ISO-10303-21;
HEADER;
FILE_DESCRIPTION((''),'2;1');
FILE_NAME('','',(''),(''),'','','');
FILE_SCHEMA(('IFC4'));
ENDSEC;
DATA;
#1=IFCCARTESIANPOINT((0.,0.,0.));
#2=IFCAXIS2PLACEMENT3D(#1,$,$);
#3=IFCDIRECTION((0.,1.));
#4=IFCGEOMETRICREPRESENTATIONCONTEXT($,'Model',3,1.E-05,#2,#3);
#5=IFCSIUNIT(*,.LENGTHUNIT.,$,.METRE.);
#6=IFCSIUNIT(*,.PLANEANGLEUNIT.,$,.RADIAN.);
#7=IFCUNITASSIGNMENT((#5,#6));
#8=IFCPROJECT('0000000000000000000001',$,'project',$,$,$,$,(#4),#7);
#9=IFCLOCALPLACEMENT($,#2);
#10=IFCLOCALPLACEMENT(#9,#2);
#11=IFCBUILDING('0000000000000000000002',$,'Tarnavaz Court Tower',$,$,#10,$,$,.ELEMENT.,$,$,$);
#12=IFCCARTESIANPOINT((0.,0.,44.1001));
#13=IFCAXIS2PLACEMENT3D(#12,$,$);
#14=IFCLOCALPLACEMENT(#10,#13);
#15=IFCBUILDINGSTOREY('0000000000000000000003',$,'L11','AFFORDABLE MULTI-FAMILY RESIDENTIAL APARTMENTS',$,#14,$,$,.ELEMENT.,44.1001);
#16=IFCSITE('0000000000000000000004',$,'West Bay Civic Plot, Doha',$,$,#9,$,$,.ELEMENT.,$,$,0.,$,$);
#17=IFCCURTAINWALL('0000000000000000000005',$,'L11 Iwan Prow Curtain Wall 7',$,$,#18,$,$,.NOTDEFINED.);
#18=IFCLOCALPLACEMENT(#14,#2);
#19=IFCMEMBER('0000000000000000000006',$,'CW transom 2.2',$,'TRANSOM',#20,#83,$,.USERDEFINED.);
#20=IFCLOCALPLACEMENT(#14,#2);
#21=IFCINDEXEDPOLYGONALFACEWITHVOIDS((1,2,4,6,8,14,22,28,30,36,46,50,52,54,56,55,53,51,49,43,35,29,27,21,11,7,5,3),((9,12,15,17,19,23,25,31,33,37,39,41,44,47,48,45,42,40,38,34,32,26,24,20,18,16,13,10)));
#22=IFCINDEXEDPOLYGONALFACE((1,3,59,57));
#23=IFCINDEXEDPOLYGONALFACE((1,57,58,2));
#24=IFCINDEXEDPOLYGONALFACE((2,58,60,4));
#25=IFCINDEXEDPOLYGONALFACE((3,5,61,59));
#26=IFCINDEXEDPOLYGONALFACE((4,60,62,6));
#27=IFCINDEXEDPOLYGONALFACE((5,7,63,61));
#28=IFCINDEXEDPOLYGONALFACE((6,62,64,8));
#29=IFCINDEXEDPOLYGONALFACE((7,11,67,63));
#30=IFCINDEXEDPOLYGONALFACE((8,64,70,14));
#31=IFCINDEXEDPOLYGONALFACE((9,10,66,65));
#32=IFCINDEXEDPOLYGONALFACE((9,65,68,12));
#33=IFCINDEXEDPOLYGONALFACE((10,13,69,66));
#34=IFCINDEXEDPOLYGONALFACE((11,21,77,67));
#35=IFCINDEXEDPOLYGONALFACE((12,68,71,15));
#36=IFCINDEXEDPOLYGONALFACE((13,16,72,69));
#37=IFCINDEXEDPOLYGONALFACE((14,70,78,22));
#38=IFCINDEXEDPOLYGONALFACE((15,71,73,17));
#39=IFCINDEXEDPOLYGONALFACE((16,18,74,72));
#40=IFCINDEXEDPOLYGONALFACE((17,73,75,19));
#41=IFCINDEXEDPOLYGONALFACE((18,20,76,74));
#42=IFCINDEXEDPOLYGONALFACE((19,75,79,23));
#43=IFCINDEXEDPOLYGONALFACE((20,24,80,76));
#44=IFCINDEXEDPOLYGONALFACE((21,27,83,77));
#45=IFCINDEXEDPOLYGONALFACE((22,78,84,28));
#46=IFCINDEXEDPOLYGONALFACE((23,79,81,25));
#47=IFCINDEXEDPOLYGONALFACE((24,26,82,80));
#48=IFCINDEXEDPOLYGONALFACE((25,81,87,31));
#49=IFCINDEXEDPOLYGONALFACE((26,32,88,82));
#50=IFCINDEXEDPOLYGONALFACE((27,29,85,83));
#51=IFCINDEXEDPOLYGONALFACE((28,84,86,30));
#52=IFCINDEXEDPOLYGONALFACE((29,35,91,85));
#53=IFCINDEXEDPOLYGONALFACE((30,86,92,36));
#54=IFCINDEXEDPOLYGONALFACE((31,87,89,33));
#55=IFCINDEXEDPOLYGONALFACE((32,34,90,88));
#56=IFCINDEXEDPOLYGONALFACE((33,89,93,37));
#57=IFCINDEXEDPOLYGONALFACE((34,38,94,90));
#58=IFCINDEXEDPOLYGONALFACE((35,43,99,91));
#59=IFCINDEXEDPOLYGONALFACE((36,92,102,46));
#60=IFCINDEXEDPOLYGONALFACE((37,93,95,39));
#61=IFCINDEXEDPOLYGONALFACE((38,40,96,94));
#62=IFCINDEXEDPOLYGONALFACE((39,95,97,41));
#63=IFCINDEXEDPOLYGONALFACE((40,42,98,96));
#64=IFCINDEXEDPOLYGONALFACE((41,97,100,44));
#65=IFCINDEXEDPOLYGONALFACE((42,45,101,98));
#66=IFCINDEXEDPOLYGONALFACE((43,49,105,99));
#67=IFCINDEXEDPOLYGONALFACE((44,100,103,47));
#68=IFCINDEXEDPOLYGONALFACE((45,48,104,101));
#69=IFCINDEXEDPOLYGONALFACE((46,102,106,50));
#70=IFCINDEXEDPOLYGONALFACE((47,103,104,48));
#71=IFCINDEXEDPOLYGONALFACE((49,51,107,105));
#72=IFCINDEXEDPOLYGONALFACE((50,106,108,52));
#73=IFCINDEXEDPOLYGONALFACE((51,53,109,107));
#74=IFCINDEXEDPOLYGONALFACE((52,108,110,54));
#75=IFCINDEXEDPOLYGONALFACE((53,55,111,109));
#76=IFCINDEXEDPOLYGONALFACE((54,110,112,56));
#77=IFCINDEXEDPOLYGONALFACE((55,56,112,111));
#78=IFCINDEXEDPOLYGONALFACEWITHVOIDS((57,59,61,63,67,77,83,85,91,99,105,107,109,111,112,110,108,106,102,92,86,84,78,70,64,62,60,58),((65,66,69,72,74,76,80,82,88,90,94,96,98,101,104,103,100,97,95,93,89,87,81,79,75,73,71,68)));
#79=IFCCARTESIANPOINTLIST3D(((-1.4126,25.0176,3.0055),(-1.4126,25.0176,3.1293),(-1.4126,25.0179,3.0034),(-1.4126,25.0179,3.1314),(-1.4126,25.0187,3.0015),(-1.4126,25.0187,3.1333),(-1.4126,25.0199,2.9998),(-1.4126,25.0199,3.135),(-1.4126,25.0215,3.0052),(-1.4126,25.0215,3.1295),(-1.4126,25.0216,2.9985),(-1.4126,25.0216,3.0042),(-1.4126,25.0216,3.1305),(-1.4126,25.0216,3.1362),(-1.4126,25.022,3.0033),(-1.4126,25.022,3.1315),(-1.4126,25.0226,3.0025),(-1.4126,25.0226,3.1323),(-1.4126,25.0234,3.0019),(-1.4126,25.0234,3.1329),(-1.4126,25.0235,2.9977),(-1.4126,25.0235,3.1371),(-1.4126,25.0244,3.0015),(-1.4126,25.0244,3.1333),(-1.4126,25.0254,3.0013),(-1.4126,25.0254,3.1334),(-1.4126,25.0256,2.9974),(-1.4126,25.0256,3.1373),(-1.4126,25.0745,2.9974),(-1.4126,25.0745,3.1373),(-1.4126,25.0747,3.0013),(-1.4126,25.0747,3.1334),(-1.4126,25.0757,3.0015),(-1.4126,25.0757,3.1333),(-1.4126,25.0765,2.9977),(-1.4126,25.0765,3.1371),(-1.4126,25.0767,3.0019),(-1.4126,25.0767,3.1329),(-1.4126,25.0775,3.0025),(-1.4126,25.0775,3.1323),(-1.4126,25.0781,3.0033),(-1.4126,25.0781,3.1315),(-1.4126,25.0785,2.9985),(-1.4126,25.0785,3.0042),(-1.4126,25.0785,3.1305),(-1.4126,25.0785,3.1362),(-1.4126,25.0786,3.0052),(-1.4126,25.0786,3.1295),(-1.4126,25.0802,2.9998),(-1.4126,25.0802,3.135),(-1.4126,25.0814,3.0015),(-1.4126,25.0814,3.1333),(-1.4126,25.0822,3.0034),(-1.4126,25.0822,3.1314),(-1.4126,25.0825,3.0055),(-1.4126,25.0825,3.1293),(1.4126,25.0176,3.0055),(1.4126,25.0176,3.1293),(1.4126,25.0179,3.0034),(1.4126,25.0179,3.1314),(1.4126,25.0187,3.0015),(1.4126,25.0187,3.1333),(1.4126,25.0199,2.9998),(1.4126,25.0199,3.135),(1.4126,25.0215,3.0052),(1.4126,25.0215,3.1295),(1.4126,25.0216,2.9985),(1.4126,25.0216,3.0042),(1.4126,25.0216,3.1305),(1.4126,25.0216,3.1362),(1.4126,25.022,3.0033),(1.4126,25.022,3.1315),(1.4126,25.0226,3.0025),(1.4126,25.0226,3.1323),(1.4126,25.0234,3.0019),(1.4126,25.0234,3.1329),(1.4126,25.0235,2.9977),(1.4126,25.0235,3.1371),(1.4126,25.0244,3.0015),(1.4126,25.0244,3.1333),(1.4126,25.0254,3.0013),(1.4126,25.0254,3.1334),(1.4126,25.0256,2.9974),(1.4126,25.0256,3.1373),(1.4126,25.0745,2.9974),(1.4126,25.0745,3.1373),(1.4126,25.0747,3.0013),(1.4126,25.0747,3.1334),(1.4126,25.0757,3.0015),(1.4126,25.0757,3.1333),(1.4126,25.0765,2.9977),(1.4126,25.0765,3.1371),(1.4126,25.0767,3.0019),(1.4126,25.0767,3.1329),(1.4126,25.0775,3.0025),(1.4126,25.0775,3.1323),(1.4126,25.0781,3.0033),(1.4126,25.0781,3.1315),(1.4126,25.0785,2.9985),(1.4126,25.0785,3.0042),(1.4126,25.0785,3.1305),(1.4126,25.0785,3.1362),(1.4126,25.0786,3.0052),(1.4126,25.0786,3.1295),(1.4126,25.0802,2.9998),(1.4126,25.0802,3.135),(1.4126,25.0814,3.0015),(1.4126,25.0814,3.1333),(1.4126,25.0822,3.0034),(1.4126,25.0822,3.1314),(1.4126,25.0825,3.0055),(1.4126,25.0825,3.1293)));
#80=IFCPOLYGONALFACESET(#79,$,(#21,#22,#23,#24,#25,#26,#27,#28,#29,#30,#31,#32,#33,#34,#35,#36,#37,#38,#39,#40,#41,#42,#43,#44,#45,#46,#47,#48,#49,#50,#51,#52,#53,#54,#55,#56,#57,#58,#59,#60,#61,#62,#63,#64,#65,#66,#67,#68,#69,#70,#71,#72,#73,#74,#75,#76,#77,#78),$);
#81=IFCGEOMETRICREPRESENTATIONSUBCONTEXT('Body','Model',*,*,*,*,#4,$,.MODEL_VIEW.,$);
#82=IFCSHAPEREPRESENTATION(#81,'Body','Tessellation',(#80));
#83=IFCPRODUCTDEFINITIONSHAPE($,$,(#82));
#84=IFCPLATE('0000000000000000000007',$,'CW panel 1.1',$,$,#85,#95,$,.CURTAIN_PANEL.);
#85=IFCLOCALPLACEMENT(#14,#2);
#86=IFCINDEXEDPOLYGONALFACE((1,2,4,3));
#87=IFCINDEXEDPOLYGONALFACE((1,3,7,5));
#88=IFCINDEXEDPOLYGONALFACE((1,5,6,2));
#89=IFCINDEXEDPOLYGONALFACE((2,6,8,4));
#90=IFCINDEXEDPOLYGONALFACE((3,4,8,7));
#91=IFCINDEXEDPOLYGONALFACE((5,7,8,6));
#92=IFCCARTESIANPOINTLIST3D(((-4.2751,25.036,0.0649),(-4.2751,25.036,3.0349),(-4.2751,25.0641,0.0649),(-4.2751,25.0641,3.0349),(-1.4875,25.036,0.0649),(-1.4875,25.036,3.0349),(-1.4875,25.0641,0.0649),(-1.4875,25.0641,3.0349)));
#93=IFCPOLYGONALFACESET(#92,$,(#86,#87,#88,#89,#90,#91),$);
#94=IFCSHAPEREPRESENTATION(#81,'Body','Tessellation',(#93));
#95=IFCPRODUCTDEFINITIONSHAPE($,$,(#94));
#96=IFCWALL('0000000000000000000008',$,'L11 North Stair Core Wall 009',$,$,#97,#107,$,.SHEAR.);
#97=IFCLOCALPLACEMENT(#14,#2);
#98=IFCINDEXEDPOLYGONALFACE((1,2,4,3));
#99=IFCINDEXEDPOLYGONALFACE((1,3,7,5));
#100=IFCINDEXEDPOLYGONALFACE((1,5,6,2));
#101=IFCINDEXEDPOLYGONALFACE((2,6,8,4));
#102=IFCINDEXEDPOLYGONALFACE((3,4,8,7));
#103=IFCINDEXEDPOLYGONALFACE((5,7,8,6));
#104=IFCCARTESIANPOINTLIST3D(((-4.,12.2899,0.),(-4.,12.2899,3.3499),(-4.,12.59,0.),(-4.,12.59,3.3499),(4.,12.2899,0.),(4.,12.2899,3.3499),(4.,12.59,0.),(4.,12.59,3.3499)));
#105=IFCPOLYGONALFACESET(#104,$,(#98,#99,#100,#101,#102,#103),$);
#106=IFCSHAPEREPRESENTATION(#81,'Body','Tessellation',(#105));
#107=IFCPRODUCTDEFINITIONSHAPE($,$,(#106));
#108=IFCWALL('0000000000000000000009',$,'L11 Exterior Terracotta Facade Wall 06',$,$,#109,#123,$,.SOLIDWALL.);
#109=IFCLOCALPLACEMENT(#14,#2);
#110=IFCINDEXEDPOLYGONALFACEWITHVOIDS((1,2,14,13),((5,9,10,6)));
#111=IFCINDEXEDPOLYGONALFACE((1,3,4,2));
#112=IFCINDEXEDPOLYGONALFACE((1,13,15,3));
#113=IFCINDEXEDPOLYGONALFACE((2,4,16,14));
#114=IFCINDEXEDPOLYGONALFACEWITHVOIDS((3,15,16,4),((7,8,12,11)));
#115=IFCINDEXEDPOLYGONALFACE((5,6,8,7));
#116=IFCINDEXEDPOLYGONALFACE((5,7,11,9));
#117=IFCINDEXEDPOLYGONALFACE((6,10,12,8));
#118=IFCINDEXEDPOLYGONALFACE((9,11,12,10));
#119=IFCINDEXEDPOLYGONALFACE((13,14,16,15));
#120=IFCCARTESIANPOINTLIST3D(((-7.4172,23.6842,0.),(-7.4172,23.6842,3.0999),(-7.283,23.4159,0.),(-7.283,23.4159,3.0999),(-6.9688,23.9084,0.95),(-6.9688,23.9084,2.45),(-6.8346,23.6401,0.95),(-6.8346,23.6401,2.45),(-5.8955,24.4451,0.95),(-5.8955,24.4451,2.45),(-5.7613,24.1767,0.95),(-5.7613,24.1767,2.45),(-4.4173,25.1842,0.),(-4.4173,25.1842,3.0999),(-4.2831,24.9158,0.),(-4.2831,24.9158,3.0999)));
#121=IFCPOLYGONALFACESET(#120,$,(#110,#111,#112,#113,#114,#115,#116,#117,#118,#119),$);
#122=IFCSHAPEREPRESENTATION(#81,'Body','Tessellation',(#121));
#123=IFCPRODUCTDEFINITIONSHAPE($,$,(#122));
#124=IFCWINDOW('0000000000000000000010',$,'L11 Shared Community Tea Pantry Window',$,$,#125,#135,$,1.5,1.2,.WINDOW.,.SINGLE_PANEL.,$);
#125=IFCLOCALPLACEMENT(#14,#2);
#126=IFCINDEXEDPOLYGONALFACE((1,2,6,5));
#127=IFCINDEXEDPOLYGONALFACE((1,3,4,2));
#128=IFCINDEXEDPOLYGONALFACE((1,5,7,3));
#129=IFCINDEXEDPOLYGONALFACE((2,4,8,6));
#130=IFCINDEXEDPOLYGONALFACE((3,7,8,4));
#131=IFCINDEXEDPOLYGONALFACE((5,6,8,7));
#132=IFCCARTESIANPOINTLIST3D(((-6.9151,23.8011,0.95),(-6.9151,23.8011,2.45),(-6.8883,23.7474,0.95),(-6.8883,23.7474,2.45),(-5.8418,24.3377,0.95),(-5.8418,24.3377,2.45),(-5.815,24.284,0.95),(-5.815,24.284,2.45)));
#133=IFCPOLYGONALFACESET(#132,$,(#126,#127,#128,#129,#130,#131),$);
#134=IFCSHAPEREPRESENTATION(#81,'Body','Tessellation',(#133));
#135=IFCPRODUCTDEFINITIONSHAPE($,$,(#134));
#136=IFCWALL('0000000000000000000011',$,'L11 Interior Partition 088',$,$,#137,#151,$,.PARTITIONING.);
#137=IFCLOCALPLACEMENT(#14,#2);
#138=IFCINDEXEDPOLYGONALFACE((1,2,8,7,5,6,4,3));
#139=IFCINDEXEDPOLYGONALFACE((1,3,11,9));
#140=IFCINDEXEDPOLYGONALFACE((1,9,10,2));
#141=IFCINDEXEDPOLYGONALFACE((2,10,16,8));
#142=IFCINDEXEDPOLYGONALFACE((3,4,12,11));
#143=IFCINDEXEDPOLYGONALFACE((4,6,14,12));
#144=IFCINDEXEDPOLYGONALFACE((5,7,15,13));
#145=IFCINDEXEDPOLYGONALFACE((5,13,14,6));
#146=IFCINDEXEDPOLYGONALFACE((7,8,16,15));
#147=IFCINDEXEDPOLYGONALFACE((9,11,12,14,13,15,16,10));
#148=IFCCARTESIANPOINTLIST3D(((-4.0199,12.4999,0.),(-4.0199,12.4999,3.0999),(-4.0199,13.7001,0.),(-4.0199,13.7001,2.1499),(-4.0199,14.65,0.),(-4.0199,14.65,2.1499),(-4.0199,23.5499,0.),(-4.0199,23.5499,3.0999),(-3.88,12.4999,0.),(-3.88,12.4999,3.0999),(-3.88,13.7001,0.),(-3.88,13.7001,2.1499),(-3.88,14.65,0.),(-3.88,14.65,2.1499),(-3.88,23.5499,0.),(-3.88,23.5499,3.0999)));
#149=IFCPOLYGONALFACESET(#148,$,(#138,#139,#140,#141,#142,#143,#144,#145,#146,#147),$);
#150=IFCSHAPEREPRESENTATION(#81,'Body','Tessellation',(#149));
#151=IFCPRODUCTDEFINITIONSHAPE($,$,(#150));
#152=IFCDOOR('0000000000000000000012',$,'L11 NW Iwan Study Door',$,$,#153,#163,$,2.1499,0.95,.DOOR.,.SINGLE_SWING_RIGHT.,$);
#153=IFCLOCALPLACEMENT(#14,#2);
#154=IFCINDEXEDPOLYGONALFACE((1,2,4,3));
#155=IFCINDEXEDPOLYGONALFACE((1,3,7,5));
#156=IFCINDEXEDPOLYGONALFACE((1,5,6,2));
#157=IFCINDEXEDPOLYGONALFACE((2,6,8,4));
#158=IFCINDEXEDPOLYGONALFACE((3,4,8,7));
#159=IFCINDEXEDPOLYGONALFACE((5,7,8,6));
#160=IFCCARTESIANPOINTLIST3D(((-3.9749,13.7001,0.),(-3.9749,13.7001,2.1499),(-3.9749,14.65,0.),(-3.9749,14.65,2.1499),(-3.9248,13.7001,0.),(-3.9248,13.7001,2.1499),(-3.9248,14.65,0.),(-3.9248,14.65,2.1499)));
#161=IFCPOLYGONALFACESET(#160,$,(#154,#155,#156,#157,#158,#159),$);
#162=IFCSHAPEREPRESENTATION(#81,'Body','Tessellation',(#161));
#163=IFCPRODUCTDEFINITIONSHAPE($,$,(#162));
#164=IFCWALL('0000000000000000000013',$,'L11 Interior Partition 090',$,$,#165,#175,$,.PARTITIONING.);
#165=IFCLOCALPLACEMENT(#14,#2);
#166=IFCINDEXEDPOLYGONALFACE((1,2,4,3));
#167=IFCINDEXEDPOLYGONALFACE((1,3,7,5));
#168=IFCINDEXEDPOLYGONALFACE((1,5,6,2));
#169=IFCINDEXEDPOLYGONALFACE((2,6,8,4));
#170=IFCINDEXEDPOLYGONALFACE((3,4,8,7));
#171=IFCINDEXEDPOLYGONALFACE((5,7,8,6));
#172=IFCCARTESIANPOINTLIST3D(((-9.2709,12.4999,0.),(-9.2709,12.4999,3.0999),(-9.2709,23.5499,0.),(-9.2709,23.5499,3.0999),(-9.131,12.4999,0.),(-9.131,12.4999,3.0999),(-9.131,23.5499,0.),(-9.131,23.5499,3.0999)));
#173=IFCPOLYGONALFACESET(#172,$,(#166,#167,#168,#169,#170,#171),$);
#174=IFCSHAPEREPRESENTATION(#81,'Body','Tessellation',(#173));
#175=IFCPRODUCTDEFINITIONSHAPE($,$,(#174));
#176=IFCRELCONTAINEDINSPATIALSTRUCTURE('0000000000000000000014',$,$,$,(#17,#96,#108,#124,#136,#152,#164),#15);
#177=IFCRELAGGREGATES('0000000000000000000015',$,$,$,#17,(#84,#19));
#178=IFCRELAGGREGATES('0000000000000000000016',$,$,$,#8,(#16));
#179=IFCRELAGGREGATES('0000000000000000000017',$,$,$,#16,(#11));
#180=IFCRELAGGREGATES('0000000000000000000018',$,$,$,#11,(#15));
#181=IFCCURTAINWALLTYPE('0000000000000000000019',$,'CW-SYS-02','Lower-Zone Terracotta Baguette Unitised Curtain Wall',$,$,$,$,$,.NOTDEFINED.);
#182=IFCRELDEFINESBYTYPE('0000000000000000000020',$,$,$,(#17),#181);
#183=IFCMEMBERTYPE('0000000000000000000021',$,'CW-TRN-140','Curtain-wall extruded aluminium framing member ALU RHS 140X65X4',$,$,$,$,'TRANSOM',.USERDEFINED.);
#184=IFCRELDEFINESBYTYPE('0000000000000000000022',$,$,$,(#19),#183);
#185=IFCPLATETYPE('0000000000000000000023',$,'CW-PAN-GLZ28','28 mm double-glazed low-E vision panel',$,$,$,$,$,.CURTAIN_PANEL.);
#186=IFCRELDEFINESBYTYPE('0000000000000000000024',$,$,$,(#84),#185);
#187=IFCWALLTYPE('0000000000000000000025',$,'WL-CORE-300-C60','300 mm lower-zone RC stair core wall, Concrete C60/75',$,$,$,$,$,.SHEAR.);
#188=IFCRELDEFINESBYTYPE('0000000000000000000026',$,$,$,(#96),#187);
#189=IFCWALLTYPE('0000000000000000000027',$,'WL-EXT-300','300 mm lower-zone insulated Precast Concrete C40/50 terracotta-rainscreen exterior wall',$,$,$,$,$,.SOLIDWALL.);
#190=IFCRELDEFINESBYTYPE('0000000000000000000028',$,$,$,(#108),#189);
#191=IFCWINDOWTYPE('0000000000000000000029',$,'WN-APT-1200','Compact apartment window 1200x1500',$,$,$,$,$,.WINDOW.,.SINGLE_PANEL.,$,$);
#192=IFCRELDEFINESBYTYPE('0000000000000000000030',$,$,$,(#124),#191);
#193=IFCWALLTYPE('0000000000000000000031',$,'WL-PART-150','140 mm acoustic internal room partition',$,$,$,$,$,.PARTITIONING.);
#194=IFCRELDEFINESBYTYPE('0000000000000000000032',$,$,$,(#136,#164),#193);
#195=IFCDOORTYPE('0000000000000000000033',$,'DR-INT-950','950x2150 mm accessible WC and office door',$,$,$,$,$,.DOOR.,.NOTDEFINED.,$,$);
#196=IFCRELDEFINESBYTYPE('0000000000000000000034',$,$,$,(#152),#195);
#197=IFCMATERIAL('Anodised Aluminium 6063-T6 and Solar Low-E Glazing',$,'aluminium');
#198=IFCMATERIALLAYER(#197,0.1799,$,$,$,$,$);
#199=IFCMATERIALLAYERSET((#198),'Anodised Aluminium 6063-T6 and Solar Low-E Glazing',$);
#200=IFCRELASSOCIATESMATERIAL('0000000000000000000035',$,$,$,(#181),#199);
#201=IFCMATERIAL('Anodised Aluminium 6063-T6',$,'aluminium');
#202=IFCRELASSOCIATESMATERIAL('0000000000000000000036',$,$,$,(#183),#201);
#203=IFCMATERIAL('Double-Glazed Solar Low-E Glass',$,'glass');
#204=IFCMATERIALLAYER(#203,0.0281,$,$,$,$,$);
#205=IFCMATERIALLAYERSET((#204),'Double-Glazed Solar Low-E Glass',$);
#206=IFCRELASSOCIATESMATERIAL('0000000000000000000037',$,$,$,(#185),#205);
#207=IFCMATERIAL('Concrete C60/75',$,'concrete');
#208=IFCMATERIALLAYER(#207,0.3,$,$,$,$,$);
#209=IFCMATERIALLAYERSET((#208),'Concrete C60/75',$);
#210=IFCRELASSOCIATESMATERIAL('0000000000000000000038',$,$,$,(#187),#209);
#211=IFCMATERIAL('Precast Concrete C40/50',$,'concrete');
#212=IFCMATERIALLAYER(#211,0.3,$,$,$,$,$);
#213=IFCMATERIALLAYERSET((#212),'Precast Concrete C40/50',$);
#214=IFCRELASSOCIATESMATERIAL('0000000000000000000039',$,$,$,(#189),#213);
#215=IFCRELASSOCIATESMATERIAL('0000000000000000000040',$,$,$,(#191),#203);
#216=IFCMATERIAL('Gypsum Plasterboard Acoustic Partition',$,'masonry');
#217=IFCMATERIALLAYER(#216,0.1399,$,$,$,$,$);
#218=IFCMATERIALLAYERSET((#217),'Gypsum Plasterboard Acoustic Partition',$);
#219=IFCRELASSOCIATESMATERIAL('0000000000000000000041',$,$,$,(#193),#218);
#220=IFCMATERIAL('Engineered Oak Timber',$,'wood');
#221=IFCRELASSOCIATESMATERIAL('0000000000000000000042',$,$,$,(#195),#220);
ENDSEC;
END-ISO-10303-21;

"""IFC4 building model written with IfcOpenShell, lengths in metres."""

from ifc_helpers import new_model, si_unit, direction, frame, frame_2d, origin, origin_2d, place, context, subcontext, project, spatial, rectangle, hollow_rectangle, extrude, material, layer, layer_set, material_profile, profile_set, type_object, element, fill, aggregate, save


model = new_model("IFC4")

# Units and contexts
model_context = context("Model", 3, precision=1e-05, world=origin(), true_north=direction((0.0, 1.0)))
body_context = subcontext(model_context, "Body", "Model", "MODEL_VIEW")
ifc_project = project(units=[si_unit("LENGTHUNIT", "METRE"), si_unit("PLANEANGLEUNIT", "RADIAN")], contexts=[model_context])

# Site, building, storey
site_placement = place(None, origin())
site = spatial("IfcSite", under=ifc_project, at=site_placement, Name="West Bay Civic Plot, Doha", CompositionType="ELEMENT", RefElevation=0.0)
building_placement = place(site_placement, origin())
building = spatial("IfcBuilding", under=site, at=building_placement, Name="Tarnavaz Court Tower", CompositionType="ELEMENT")
storey_placement = place(building_placement, frame((0.0, 0.0, 44.1001)))
storey = spatial("IfcBuildingStorey", under=building, at=storey_placement, Name="L11", Description="AFFORDABLE MULTI-FAMILY RESIDENTIAL APARTMENTS", CompositionType="ELEMENT", Elevation=44.1001)

# Shared definitions
ifc_material_1 = material(Name="Concrete C60/75", Category="concrete")

# Curtain wall, member, plate
ifc_material_2 = material(Name="Anodised Aluminium 6063-T6 and Solar Low-E Glazing", Category="aluminium")
ifc_layer_1 = layer(ifc_material_2, 0.1799)
ifc_layer_set_1 = layer_set([ifc_layer_1], Name="Anodised Aluminium 6063-T6 and Solar Low-E Glazing")
curtain_wall_type = type_object("IfcCurtainWallType", Name="CW-SYS-02", Description="Lower-Zone Terracotta Baguette Unitised Curtain Wall", PredefinedType="NOTDEFINED", material=ifc_layer_set_1)
curtain_wall_placement = place(storey_placement, origin())
curtain_wall = element("IfcCurtainWall", 1, at=curtain_wall_placement, inside=storey, type_object=curtain_wall_type, Name="L11 Iwan Prow Curtain Wall 7", PredefinedType="NOTDEFINED")
ifc_material_3 = material(Name="Anodised Aluminium 6063-T6", Category="aluminium")
ifc_material_profile_1 = material_profile(ifc_material_3, hollow_rectangle(XDim=0.0649, YDim=0.1399, WallThickness=0.0039, InnerFilletRadius=0.0039, OuterFilletRadius=0.0081, at=origin_2d()), Name="ALU RHS 140X65X4")
ifc_profile_set_1 = profile_set([ifc_material_profile_1], Name="Anodised Aluminium 6063-T6")
member_type_1 = type_object("IfcMemberType", Name="CW-TRN-140", Description="Curtain-wall extruded aluminium framing member ALU RHS 140X65X4", ElementType="TRANSOM", PredefinedType="USERDEFINED", material=ifc_profile_set_1)
member_1_placement = place(storey_placement, frame((-1.4126, 25.05, 3.0674), z_axis=(1.0, 0.0, 0.0), x_axis=(0.0, 1.0, 0.0)))
member_1 = element("IfcMember", 2, at=member_1_placement, type_object=member_type_1, Name="CW transom 2.2", ObjectType="TRANSOM", PredefinedType="USERDEFINED", context=body_context, shape_type="SweptSolid", body=[
    extrude(hollow_rectangle(XDim=0.0649, YDim=0.1399, WallThickness=0.0039, InnerFilletRadius=0.0039, OuterFilletRadius=0.0081, at=origin_2d()), origin(), (0.0, 0.0, 1.0), 2.8252),
])
ifc_material_4 = material(Name="Double-Glazed Solar Low-E Glass", Category="glass")
ifc_layer_2 = layer(ifc_material_4, 0.0281)
ifc_layer_set_2 = layer_set([ifc_layer_2], Name="Double-Glazed Solar Low-E Glass")
plate_type = type_object("IfcPlateType", Name="CW-PAN-GLZ28", Description="28 mm double-glazed low-E vision panel", PredefinedType="CURTAIN_PANEL", material=ifc_layer_set_2)
plate_placement = place(storey_placement, frame((-2.8813, 25.05, 0.0649), z_axis=(0.0, 0.0, 1.0), x_axis=(1.0, 0.0, 0.0)))
plate = element("IfcPlate", 3, at=plate_placement, type_object=plate_type, Name="CW panel 1.1", PredefinedType="CURTAIN_PANEL", context=body_context, shape_type="SweptSolid", body=[
    extrude(rectangle(XDim=2.7876, YDim=0.0281, at=origin_2d()), origin(), (0.0, 0.0, 1.0), 2.97),
])
aggregate(curtain_wall, [plate, member_1])

# Wall
ifc_layer_3 = layer(ifc_material_1, 0.3)
ifc_layer_set_3 = layer_set([ifc_layer_3], Name="Concrete C60/75")
wall_type_1 = type_object("IfcWallType", Name="WL-CORE-300-C60", Description="300 mm lower-zone RC stair core wall, Concrete C60/75", PredefinedType="SHEAR", material=ifc_layer_set_3)
wall_1_placement = place(storey_placement, frame((-4.0, 12.4399, 0.0), z_axis=(0.0, 0.0, 1.0), x_axis=(1.0, 0.0, 0.0)))
element("IfcWall", 4, at=wall_1_placement, inside=storey, type_object=wall_type_1, Name="L11 North Stair Core Wall 009", PredefinedType="SHEAR", context=body_context, shape_type="SweptSolid", body=[
    extrude(rectangle(XDim=8.0, YDim=0.3, at=frame_2d((4.0, 0.0))), origin(), (0.0, 0.0, 1.0), 3.3499),
])

# Wall, opening, window
ifc_material_5 = material(Name="Precast Concrete C40/50", Category="concrete")
ifc_layer_4 = layer(ifc_material_5, 0.3)
ifc_layer_set_4 = layer_set([ifc_layer_4], Name="Precast Concrete C40/50")
wall_type_2 = type_object("IfcWallType", Name="WL-EXT-300", Description="300 mm lower-zone insulated Precast Concrete C40/50 terracotta-rainscreen exterior wall", PredefinedType="SOLIDWALL", material=ifc_layer_set_4)
wall_2_placement = place(storey_placement, frame((-7.3501, 23.55, 0.0), z_axis=(0.0, 0.0, 1.0), x_axis=(0.894427, 0.447214, 0.0)))
wall_2 = element("IfcWall", 5, at=wall_2_placement, inside=storey, type_object=wall_type_2, Name="L11 Exterior Terracotta Facade Wall 06", PredefinedType="SOLIDWALL", context=body_context, shape_type="SweptSolid", body=[
    extrude(rectangle(XDim=3.354, YDim=0.3, at=frame_2d((1.677, 0.0))), origin(), (0.0, 0.0, 1.0), 3.0999),
])
opening_1_placement = place(wall_2_placement, frame((0.5012, 0.0, 0.95)))
opening_1 = element("IfcOpeningElement", 6, at=opening_1_placement, cuts=wall_2, PredefinedType="OPENING", context=body_context, shape_type="SweptSolid", body=[
    extrude(rectangle(XDim=1.2, YDim=1.5, at=frame_2d((0.6001, 0.75))), frame((0.0, 0.1599, 0.0), z_axis=(0.0, -1.0, 0.0), x_axis=(1.0, 0.0, 0.0)), (0.0, 0.0, 1.0), 0.3201),
])
window_type = type_object("IfcWindowType", Name="WN-APT-1200", Description="Compact apartment window 1200x1500", PartitioningType="SINGLE_PANEL", PredefinedType="WINDOW", material=ifc_material_4)
window_placement = place(opening_1_placement, origin())
window = element("IfcWindow", 7, at=window_placement, inside=storey, type_object=window_type, Name="L11 Shared Community Tea Pantry Window", OverallHeight=1.5, OverallWidth=1.2, PartitioningType="SINGLE_PANEL", PredefinedType="WINDOW", context=body_context, shape_type="SweptSolid", body=[
    extrude(rectangle(XDim=1.2, YDim=1.5, at=frame_2d((0.6001, 0.75))), frame((0.0, 0.03, 0.0), z_axis=(0.0, -1.0, 0.0), x_axis=(1.0, 0.0, 0.0)), (0.0, 0.0, 1.0), 0.0601),
])
fill(opening_1, window)

# Wall, opening, door
ifc_material_6 = material(Name="Gypsum Plasterboard Acoustic Partition", Category="masonry")
ifc_layer_5 = layer(ifc_material_6, 0.1399)
ifc_layer_set_5 = layer_set([ifc_layer_5], Name="Gypsum Plasterboard Acoustic Partition")
wall_type_3 = type_object("IfcWallType", Name="WL-PART-150", Description="140 mm acoustic internal room partition", PredefinedType="PARTITIONING", material=ifc_layer_set_5)
wall_3_placement = place(storey_placement, frame((-3.95, 12.5, 0.0), z_axis=(0.0, 0.0, 1.0), x_axis=(0.0, 1.0, 0.0)))
wall_3 = element("IfcWall", 8, at=wall_3_placement, inside=storey, type_object=wall_type_3, Name="L11 Interior Partition 088", PredefinedType="PARTITIONING", context=body_context, shape_type="SweptSolid", body=[
    extrude(rectangle(XDim=11.05, YDim=0.1399, at=frame_2d((5.5249, 0.0))), origin(), (0.0, 0.0, 1.0), 3.0999),
])
opening_2_placement = place(wall_3_placement, frame((1.2, 0.0, 0.0)))
opening_2 = element("IfcOpeningElement", 9, at=opening_2_placement, cuts=wall_3, PredefinedType="OPENING", context=body_context, shape_type="SweptSolid", body=[
    extrude(rectangle(XDim=0.95, YDim=2.1499, at=frame_2d((0.4751, 1.075))), frame((0.0, 0.0798, 0.0), z_axis=(0.0, -1.0, 0.0), x_axis=(1.0, 0.0, 0.0)), (0.0, 0.0, 1.0), 0.1599),
])
ifc_material_7 = material(Name="Engineered Oak Timber", Category="wood")
door_type = type_object("IfcDoorType", Name="DR-INT-950", Description="950x2150 mm accessible WC and office door", OperationType="NOTDEFINED", PredefinedType="DOOR", material=ifc_material_7)
door_placement = place(opening_2_placement, origin())
door = element("IfcDoor", 10, at=door_placement, inside=storey, type_object=door_type, Name="L11 NW Iwan Study Door", OperationType="SINGLE_SWING_RIGHT", OverallHeight=2.1499, OverallWidth=0.95, PredefinedType="DOOR", context=body_context, shape_type="SweptSolid", body=[
    extrude(rectangle(XDim=0.95, YDim=2.1499, at=frame_2d((0.4751, 1.075))), frame((0.0, 0.0249, 0.0), z_axis=(0.0, -1.0, 0.0), x_axis=(1.0, 0.0, 0.0)), (0.0, 0.0, 1.0), 0.05),
])
fill(opening_2, door)

# Wall
wall_4_placement = place(storey_placement, frame((-9.2009, 12.5, 0.0), z_axis=(0.0, 0.0, 1.0), x_axis=(0.0, 1.0, 0.0)))
element("IfcWall", 11, at=wall_4_placement, inside=storey, type_object=wall_type_3, Name="L11 Interior Partition 090", PredefinedType="PARTITIONING", context=body_context, shape_type="SweptSolid", body=[
    extrude(rectangle(XDim=11.05, YDim=0.1399, at=frame_2d((5.5249, 0.0))), origin(), (0.0, 0.0, 1.0), 3.0999),
])

save(model, "model.ifc")
